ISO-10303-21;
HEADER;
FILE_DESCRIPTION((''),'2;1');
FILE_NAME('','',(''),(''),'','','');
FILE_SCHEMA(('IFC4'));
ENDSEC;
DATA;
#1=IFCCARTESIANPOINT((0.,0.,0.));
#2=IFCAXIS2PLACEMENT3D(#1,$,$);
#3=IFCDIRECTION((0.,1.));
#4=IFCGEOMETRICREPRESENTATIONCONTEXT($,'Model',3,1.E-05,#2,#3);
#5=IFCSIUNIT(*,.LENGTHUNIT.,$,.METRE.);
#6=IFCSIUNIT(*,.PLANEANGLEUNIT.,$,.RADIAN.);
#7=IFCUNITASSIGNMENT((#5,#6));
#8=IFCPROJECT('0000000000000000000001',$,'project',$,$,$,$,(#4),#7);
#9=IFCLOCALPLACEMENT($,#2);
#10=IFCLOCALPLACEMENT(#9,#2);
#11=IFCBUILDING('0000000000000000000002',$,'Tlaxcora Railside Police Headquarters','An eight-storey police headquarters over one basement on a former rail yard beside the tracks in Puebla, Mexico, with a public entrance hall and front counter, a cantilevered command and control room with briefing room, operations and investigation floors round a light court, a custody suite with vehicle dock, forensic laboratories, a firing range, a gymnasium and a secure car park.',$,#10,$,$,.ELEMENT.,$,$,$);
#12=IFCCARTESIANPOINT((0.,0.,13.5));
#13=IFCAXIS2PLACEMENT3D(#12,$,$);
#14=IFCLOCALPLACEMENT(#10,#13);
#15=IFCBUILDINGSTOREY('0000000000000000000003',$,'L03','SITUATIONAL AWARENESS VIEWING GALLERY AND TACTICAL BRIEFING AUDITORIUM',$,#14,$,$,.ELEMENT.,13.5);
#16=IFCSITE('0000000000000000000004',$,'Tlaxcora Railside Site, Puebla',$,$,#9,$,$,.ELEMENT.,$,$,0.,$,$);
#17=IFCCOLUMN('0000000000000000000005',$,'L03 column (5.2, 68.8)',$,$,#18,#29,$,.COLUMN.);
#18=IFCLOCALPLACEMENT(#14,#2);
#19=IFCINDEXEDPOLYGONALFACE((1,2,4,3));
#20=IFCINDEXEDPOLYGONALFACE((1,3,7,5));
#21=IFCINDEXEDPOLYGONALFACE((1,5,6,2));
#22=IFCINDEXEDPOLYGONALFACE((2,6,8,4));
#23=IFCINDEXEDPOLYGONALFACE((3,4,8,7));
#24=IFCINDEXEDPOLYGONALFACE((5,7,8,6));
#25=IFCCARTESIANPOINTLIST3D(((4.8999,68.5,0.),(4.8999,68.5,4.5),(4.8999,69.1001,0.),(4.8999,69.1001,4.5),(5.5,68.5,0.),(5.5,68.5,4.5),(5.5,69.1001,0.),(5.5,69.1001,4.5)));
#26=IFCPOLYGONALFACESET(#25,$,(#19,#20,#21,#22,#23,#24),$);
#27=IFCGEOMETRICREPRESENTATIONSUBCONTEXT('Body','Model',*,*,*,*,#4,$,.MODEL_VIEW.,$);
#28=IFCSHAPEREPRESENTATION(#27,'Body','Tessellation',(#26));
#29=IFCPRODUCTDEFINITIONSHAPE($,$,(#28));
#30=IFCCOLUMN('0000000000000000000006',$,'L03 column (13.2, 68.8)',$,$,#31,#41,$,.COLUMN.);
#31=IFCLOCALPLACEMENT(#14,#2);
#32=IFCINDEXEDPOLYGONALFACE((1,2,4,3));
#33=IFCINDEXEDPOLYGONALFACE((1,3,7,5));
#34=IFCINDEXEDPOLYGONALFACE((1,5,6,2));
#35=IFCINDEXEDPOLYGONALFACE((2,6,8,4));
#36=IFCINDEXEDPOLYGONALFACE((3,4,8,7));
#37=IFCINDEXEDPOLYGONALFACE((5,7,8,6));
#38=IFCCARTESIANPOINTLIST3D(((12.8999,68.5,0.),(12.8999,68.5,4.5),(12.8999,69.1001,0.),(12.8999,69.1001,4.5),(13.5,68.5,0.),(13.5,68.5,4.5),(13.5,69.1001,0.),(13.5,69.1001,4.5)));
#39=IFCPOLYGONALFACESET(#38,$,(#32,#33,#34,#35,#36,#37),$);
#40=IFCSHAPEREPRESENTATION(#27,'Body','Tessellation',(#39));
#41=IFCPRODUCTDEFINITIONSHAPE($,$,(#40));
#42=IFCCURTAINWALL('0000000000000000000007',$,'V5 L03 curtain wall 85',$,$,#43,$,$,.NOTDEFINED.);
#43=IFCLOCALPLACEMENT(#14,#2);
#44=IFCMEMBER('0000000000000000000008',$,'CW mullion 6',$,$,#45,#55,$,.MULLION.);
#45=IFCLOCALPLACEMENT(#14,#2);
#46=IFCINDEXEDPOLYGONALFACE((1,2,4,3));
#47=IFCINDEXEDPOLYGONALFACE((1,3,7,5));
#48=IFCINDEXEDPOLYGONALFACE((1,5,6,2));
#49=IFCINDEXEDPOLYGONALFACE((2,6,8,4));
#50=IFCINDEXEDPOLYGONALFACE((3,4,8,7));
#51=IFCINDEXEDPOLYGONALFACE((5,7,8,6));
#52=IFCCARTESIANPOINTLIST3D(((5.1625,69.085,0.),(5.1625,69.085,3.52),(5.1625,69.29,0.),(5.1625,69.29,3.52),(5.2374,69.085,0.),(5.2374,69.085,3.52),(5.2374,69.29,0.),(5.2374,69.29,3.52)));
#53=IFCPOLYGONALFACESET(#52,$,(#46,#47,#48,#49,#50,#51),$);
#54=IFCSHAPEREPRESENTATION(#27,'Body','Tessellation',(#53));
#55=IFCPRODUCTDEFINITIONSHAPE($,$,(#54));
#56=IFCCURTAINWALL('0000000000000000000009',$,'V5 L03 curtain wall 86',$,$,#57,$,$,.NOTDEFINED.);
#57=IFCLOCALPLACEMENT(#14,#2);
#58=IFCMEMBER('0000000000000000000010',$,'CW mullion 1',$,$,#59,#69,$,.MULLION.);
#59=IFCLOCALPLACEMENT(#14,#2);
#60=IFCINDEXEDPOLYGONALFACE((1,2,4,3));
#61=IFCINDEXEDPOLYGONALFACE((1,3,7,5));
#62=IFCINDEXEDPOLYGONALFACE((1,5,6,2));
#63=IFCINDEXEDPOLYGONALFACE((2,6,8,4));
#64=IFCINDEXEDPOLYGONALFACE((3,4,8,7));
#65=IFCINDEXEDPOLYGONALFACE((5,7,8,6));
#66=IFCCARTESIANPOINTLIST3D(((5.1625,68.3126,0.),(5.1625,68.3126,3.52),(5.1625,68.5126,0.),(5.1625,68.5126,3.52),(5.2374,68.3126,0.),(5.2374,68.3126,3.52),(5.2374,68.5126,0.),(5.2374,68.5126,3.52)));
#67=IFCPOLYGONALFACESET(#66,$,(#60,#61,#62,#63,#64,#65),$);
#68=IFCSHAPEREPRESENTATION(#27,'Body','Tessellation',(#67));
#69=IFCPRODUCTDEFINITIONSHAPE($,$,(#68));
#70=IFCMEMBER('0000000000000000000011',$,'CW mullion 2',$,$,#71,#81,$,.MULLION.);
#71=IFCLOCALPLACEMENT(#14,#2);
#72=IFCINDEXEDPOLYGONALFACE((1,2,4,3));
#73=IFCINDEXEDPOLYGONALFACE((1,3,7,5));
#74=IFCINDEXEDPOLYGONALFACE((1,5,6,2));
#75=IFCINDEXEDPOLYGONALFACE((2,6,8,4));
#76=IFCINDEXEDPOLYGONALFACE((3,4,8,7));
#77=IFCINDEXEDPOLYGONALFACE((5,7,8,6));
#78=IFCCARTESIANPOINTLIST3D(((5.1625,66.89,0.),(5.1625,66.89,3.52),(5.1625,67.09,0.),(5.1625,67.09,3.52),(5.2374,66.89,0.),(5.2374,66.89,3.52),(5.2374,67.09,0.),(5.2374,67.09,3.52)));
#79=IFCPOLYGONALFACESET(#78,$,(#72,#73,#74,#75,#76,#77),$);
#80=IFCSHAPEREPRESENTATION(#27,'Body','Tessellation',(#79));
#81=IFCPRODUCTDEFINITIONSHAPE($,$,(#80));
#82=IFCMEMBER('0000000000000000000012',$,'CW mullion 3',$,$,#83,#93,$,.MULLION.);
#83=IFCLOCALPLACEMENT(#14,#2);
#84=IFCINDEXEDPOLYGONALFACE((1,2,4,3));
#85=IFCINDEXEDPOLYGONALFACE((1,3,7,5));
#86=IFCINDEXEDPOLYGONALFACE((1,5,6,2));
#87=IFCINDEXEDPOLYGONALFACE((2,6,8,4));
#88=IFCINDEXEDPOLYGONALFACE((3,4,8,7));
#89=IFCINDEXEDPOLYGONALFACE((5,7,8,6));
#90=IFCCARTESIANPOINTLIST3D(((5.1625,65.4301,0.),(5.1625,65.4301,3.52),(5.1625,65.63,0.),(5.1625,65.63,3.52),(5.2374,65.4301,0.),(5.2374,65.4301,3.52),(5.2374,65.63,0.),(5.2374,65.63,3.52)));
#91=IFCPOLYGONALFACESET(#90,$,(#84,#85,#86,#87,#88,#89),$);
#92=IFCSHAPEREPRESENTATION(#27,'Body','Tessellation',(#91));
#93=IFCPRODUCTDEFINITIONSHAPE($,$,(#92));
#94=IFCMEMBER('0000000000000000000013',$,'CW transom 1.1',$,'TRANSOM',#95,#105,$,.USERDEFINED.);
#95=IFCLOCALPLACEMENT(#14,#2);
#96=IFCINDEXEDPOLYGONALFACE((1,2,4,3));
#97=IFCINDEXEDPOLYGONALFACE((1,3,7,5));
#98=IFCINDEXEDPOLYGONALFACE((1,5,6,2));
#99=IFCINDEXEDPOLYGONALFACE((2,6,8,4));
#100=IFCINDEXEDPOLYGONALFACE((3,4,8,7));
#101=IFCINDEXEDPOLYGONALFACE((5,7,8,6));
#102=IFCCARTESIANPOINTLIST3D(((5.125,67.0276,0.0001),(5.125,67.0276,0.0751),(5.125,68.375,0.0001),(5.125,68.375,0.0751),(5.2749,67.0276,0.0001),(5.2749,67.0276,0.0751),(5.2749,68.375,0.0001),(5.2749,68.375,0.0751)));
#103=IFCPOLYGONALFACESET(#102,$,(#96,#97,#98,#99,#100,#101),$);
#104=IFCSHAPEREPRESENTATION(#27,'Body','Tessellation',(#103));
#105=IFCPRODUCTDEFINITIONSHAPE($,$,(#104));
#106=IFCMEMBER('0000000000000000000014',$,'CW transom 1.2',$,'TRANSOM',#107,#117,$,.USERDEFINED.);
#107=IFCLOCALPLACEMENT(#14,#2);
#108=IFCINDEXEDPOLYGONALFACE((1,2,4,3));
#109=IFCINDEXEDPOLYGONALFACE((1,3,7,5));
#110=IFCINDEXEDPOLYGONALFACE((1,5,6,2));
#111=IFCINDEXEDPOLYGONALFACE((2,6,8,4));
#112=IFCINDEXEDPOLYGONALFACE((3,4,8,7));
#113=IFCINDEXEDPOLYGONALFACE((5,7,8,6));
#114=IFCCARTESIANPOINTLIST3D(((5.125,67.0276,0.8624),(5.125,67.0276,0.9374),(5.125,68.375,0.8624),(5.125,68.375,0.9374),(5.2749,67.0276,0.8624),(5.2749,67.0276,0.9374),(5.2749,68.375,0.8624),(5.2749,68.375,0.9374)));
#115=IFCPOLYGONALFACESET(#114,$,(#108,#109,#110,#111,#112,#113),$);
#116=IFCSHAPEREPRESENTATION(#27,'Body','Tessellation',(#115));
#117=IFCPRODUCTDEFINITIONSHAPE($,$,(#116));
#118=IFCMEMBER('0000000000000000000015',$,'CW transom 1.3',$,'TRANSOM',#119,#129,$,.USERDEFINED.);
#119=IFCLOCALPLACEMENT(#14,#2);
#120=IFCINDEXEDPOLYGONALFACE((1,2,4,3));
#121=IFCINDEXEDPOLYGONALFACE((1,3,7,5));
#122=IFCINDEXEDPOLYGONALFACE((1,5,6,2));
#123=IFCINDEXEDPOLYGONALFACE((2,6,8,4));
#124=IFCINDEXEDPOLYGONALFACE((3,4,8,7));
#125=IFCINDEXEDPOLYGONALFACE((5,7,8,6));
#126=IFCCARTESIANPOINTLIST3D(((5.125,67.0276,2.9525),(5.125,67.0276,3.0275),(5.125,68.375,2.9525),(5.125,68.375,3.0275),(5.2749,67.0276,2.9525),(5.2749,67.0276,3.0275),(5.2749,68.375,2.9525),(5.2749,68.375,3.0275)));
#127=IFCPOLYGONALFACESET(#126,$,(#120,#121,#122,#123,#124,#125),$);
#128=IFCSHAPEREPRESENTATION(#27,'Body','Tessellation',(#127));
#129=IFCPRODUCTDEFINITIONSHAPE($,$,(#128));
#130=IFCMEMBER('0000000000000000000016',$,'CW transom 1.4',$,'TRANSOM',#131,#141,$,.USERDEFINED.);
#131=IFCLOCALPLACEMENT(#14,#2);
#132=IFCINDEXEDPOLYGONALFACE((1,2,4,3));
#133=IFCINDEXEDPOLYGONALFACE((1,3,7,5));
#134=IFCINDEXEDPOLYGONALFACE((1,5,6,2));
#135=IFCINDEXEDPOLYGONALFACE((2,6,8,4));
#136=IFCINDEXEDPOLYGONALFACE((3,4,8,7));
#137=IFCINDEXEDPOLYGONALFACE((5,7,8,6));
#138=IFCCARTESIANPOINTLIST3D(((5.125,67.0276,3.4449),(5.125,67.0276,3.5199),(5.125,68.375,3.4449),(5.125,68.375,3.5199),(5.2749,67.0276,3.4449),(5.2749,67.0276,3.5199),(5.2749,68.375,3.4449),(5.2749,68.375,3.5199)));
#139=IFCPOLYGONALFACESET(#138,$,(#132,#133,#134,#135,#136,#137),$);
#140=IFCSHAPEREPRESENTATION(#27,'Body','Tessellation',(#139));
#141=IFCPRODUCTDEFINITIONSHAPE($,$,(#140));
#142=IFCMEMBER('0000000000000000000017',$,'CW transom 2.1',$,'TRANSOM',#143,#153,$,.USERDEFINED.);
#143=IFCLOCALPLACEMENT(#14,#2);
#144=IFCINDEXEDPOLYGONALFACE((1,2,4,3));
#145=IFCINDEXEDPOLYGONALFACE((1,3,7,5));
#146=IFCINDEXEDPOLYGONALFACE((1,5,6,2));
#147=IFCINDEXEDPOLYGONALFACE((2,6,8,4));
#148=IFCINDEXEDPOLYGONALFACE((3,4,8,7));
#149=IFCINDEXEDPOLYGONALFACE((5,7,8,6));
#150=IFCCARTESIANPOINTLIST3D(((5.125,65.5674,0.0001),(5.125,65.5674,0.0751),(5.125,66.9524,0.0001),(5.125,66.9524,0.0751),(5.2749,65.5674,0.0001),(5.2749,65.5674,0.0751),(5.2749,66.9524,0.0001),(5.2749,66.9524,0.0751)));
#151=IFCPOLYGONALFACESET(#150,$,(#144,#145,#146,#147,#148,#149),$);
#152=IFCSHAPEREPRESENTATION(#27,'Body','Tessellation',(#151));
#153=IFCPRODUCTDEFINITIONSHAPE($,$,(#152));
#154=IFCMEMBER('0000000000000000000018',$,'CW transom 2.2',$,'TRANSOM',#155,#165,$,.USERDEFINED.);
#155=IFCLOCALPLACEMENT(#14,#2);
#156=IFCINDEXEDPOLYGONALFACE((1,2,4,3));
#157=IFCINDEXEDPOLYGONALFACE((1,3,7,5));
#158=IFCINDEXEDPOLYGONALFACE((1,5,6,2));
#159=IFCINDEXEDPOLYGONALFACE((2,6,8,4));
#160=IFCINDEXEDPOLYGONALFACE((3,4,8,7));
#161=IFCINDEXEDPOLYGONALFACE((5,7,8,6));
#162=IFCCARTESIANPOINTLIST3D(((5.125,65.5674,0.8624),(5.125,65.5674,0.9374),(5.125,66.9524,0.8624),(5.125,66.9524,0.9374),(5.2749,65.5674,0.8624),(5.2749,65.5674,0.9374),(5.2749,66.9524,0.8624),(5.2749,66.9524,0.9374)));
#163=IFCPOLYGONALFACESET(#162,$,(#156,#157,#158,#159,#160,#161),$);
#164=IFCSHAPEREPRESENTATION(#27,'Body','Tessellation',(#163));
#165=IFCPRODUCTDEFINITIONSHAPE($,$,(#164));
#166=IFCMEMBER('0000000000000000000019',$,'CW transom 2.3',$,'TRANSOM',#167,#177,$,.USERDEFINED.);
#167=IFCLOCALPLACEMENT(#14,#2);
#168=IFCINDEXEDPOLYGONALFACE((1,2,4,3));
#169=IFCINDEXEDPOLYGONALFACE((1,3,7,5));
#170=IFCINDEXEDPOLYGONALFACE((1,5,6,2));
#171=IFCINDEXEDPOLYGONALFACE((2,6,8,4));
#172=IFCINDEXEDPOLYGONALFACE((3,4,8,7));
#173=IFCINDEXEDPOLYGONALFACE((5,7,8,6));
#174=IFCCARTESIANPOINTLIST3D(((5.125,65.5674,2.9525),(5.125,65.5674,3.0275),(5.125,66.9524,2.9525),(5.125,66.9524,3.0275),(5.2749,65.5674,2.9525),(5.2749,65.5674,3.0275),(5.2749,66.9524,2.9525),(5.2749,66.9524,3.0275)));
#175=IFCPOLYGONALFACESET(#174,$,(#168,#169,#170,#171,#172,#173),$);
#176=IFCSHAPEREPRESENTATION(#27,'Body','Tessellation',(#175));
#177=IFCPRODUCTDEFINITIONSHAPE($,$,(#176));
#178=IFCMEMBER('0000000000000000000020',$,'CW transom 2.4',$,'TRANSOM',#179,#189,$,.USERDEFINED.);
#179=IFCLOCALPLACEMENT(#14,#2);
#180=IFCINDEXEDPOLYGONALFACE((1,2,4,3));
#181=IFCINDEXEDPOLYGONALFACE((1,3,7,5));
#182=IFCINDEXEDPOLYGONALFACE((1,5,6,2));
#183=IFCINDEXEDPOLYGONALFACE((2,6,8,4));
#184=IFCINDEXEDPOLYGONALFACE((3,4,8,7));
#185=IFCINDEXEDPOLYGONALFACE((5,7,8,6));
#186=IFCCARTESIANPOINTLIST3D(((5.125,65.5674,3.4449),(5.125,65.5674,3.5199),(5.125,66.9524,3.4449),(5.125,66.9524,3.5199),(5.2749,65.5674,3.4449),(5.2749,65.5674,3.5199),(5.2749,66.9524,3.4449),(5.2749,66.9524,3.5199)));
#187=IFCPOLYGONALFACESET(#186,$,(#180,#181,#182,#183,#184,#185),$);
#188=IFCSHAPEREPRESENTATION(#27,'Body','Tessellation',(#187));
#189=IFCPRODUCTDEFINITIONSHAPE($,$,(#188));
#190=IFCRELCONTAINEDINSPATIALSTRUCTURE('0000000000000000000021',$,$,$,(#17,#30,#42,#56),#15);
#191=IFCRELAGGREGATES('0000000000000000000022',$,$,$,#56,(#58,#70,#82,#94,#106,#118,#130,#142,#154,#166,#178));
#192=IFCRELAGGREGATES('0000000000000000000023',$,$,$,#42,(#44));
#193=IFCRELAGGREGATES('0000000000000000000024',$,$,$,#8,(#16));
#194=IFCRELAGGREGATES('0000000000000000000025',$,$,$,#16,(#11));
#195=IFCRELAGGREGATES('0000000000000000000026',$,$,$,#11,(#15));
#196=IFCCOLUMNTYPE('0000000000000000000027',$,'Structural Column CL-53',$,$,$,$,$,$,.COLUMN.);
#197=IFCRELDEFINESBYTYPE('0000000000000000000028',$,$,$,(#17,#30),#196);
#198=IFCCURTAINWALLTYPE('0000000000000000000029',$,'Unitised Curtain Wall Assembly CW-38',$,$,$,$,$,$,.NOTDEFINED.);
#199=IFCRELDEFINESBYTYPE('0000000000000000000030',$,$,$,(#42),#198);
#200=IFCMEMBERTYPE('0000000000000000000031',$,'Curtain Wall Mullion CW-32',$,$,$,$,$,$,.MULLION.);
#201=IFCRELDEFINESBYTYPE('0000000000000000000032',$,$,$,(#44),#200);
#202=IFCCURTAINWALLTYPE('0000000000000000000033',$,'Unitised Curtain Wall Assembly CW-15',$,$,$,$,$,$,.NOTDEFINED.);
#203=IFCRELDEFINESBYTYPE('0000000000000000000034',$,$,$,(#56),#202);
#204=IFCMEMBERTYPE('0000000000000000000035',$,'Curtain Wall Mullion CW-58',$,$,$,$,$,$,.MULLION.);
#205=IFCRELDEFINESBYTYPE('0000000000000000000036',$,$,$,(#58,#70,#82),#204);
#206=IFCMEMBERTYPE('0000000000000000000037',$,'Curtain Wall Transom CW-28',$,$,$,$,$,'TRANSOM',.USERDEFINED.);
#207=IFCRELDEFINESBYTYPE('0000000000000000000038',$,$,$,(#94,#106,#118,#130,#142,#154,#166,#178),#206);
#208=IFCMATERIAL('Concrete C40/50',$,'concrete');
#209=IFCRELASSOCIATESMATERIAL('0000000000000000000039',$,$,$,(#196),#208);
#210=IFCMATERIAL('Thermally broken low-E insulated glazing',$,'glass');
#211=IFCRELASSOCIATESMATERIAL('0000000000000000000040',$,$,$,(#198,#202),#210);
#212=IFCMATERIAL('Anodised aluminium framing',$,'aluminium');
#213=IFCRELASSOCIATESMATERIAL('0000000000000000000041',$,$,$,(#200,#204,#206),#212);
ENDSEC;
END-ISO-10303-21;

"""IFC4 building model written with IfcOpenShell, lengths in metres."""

from ifc_helpers import new_model, si_unit, direction, frame, origin, origin_2d, place, context, subcontext, project, spatial, rectangle, extrude, material, material_profile, profile_set, type_object, element, aggregate, save


model = new_model("IFC4")

# Units and contexts
model_context = context("Model", 3, precision=1e-05, world=origin(), true_north=direction((0.0, 1.0)))
body_context = subcontext(model_context, "Body", "Model", "MODEL_VIEW")
ifc_project = project(units=[si_unit("LENGTHUNIT", "METRE"), si_unit("PLANEANGLEUNIT", "RADIAN")], contexts=[model_context])

# Site, building, storey
site_placement = place(None, origin())
site = spatial("IfcSite", under=ifc_project, at=site_placement, Name="Tlaxcora Railside Site, Puebla", CompositionType="ELEMENT", RefElevation=0.0)
building_placement = place(site_placement, origin())
building = spatial("IfcBuilding", under=site, at=building_placement, Name="Tlaxcora Railside Police Headquarters", Description="An eight-storey police headquarters over one basement on a former rail yard beside the tracks in Puebla, Mexico, with a public entrance hall and front counter, a cantilevered command and control room with briefing room, operations and investigation floors round a light court, a custody suite with vehicle dock, forensic laboratories, a firing range, a gymnasium and a secure car park.", CompositionType="ELEMENT")
storey_placement = place(building_placement, frame((0.0, 0.0, 13.5)))
storey = spatial("IfcBuildingStorey", under=building, at=storey_placement, Name="L03", Description="SITUATIONAL AWARENESS VIEWING GALLERY AND TACTICAL BRIEFING AUDITORIUM", CompositionType="ELEMENT", Elevation=13.5)

# Columns
ifc_material_1 = material(Name="Concrete C40/50", Category="concrete")
ifc_material_profile_1 = material_profile(ifc_material_1, rectangle(XDim=0.6001, YDim=0.6001, at=origin_2d()), Name="RC600X600")
ifc_profile_set_1 = profile_set([ifc_material_profile_1], Name="Concrete C40/50")
column_type = type_object("IfcColumnType", Name="Structural Column CL-53", PredefinedType="COLUMN", material=ifc_profile_set_1)
for number, where, z_axis, x_axis, name in (
    (1, (5.2, 68.8, 0.0), (0.0, 0.0, 1.0), (1.0, 0.0, 0.0), "L03 column (5.2, 68.8)"),
    (2, (13.2, 68.8, 0.0), (0.0, 0.0, 1.0), (1.0, 0.0, 0.0), "L03 column (13.2, 68.8)"),
):
    element("IfcColumn", number, at=place(storey_placement, frame(where, z_axis=z_axis, x_axis=x_axis)), inside=storey, type_object=column_type, Name=name, PredefinedType="COLUMN", context=body_context, shape_type="SweptSolid", body=[
        extrude(rectangle(XDim=0.6001, YDim=0.6001, at=origin_2d()), origin(), (0.0, 0.0, 1.0), 4.5),
    ])

# Curtain wall, member
ifc_material_2 = material(Name="Thermally broken low-E insulated glazing", Category="glass")
curtain_wall_type_1 = type_object("IfcCurtainWallType", Name="Unitised Curtain Wall Assembly CW-38", PredefinedType="NOTDEFINED", material=ifc_material_2)
curtain_wall_1_placement = place(storey_placement, origin())
curtain_wall_1 = element("IfcCurtainWall", 3, at=curtain_wall_1_placement, inside=storey, type_object=curtain_wall_type_1, Name="V5 L03 curtain wall 85", PredefinedType="NOTDEFINED")
ifc_material_3 = material(Name="Anodised aluminium framing", Category="aluminium")
ifc_material_profile_2 = material_profile(ifc_material_3, rectangle(XDim=0.075, YDim=0.2051, at=origin_2d()), Name="AL75X205")
ifc_profile_set_2 = profile_set([ifc_material_profile_2], Name="Anodised aluminium framing")
member_type_1 = type_object("IfcMemberType", Name="Curtain Wall Mullion CW-32", PredefinedType="MULLION", material=ifc_profile_set_2)
member_1_placement = place(storey_placement, frame((5.2, 69.1875, 0.0), z_axis=(0.0, 0.0, 1.0), x_axis=(1.0, 0.0, 0.0)))
member_1 = element("IfcMember", 4, at=member_1_placement, type_object=member_type_1, Name="CW mullion 6", PredefinedType="MULLION", context=body_context, shape_type="SweptSolid", body=[
    extrude(rectangle(XDim=0.075, YDim=0.2051, at=origin_2d()), origin(), (0.0, 0.0, 1.0), 3.52),
])

# Curtain wall, members
curtain_wall_type_2 = type_object("IfcCurtainWallType", Name="Unitised Curtain Wall Assembly CW-15", PredefinedType="NOTDEFINED", material=ifc_material_2)
curtain_wall_2_placement = place(storey_placement, origin())
curtain_wall_2 = element("IfcCurtainWall", 5, at=curtain_wall_2_placement, inside=storey, type_object=curtain_wall_type_2, Name="V5 L03 curtain wall 86", PredefinedType="NOTDEFINED")
ifc_material_profile_3 = material_profile(ifc_material_3, rectangle(XDim=0.075, YDim=0.2, at=origin_2d()), Name="AL75X200")
ifc_profile_set_3 = profile_set([ifc_material_profile_3], Name="Anodised aluminium framing")
member_type_2 = type_object("IfcMemberType", Name="Curtain Wall Mullion CW-58", PredefinedType="MULLION", material=ifc_profile_set_3)
member_2_placement = place(storey_placement, frame((5.2, 68.4126, 0.0), z_axis=(0.0, 0.0, 1.0), x_axis=(1.0, 0.0, 0.0)))
member_2 = element("IfcMember", 6, at=member_2_placement, type_object=member_type_2, Name="CW mullion 1", PredefinedType="MULLION", context=body_context, shape_type="SweptSolid", body=[
    extrude(rectangle(XDim=0.075, YDim=0.2, at=origin_2d()), origin(), (0.0, 0.0, 1.0), 3.52),
])
member_3_placement = place(storey_placement, frame((5.2, 66.99, 0.0), z_axis=(0.0, 0.0, 1.0), x_axis=(1.0, 0.0, 0.0)))
member_3 = element("IfcMember", 7, at=member_3_placement, type_object=member_type_2, Name="CW mullion 2", PredefinedType="MULLION", context=body_context, shape_type="SweptSolid", body=[
    extrude(rectangle(XDim=0.075, YDim=0.2, at=origin_2d()), origin(), (0.0, 0.0, 1.0), 3.52),
])
member_4_placement = place(storey_placement, frame((5.2, 65.53, 0.0), z_axis=(0.0, 0.0, 1.0), x_axis=(1.0, 0.0, 0.0)))
member_4 = element("IfcMember", 8, at=member_4_placement, type_object=member_type_2, Name="CW mullion 3", PredefinedType="MULLION", context=body_context, shape_type="SweptSolid", body=[
    extrude(rectangle(XDim=0.075, YDim=0.2, at=origin_2d()), origin(), (0.0, 0.0, 1.0), 3.52),
])
ifc_material_profile_4 = material_profile(ifc_material_3, rectangle(XDim=0.1499, YDim=0.075, at=origin_2d()), Name="AL75X150")
ifc_profile_set_4 = profile_set([ifc_material_profile_4], Name="Anodised aluminium framing")
member_type_3 = type_object("IfcMemberType", Name="Curtain Wall Transom CW-28", ElementType="TRANSOM", PredefinedType="USERDEFINED", material=ifc_profile_set_4)
member_5_placement = place(storey_placement, frame((5.2, 68.375, 0.0376), z_axis=(0.0, -1.0, 0.0), x_axis=(1.0, 0.0, 0.0)))
member_5 = element("IfcMember", 9, at=member_5_placement, type_object=member_type_3, Name="CW transom 1.1", ObjectType="TRANSOM", PredefinedType="USERDEFINED", context=body_context, shape_type="SweptSolid", body=[
    extrude(rectangle(XDim=0.1499, YDim=0.075, at=origin_2d()), origin(), (0.0, 0.0, 1.0), 1.3474),
])
member_6_placement = place(storey_placement, frame((5.2, 68.375, 0.8999), z_axis=(0.0, -1.0, 0.0), x_axis=(1.0, 0.0, 0.0)))
member_6 = element("IfcMember", 10, at=member_6_placement, type_object=member_type_3, Name="CW transom 1.2", ObjectType="TRANSOM", PredefinedType="USERDEFINED", context=body_context, shape_type="SweptSolid", body=[
    extrude(rectangle(XDim=0.1499, YDim=0.075, at=origin_2d()), origin(), (0.0, 0.0, 1.0), 1.3474),
])
member_7_placement = place(storey_placement, frame((5.2, 68.375, 2.99), z_axis=(0.0, -1.0, 0.0), x_axis=(1.0, 0.0, 0.0)))
member_7 = element("IfcMember", 11, at=member_7_placement, type_object=member_type_3, Name="CW transom 1.3", ObjectType="TRANSOM", PredefinedType="USERDEFINED", context=body_context, shape_type="SweptSolid", body=[
    extrude(rectangle(XDim=0.1499, YDim=0.075, at=origin_2d()), origin(), (0.0, 0.0, 1.0), 1.3474),
])
member_8_placement = place(storey_placement, frame((5.2, 68.375, 3.4824), z_axis=(0.0, -1.0, 0.0), x_axis=(1.0, 0.0, 0.0)))
member_8 = element("IfcMember", 12, at=member_8_placement, type_object=member_type_3, Name="CW transom 1.4", ObjectType="TRANSOM", PredefinedType="USERDEFINED", context=body_context, shape_type="SweptSolid", body=[
    extrude(rectangle(XDim=0.1499, YDim=0.075, at=origin_2d()), origin(), (0.0, 0.0, 1.0), 1.3474),
])
member_9_placement = place(storey_placement, frame((5.2, 66.9524, 0.0376), z_axis=(0.0, -1.0, 0.0), x_axis=(1.0, 0.0, 0.0)))
member_9 = element("IfcMember", 13, at=member_9_placement, type_object=member_type_3, Name="CW transom 2.1", ObjectType="TRANSOM", PredefinedType="USERDEFINED", context=body_context, shape_type="SweptSolid", body=[
    extrude(rectangle(XDim=0.1499, YDim=0.075, at=origin_2d()), origin(), (0.0, 0.0, 1.0), 1.385),
])
member_10_placement = place(storey_placement, frame((5.2, 66.9524, 0.8999), z_axis=(0.0, -1.0, 0.0), x_axis=(1.0, 0.0, 0.0)))
member_10 = element("IfcMember", 14, at=member_10_placement, type_object=member_type_3, Name="CW transom 2.2", ObjectType="TRANSOM", PredefinedType="USERDEFINED", context=body_context, shape_type="SweptSolid", body=[
    extrude(rectangle(XDim=0.1499, YDim=0.075, at=origin_2d()), origin(), (0.0, 0.0, 1.0), 1.385),
])
member_11_placement = place(storey_placement, frame((5.2, 66.9524, 2.99), z_axis=(0.0, -1.0, 0.0), x_axis=(1.0, 0.0, 0.0)))
member_11 = element("IfcMember", 15, at=member_11_placement, type_object=member_type_3, Name="CW transom 2.3", ObjectType="TRANSOM", PredefinedType="USERDEFINED", context=body_context, shape_type="SweptSolid", body=[
    extrude(rectangle(XDim=0.1499, YDim=0.075, at=origin_2d()), origin(), (0.0, 0.0, 1.0), 1.385),
])
member_12_placement = place(storey_placement, frame((5.2, 66.9524, 3.4824), z_axis=(0.0, -1.0, 0.0), x_axis=(1.0, 0.0, 0.0)))
member_12 = element("IfcMember", 16, at=member_12_placement, type_object=member_type_3, Name="CW transom 2.4", ObjectType="TRANSOM", PredefinedType="USERDEFINED", context=body_context, shape_type="SweptSolid", body=[
    extrude(rectangle(XDim=0.1499, YDim=0.075, at=origin_2d()), origin(), (0.0, 0.0, 1.0), 1.385),
])

aggregate(curtain_wall_2, [member_2, member_3, member_4, member_5, member_6, member_7, member_8, member_9, member_10, member_11, member_12])
aggregate(curtain_wall_1, [member_1])

save(model, "model.ifc")
